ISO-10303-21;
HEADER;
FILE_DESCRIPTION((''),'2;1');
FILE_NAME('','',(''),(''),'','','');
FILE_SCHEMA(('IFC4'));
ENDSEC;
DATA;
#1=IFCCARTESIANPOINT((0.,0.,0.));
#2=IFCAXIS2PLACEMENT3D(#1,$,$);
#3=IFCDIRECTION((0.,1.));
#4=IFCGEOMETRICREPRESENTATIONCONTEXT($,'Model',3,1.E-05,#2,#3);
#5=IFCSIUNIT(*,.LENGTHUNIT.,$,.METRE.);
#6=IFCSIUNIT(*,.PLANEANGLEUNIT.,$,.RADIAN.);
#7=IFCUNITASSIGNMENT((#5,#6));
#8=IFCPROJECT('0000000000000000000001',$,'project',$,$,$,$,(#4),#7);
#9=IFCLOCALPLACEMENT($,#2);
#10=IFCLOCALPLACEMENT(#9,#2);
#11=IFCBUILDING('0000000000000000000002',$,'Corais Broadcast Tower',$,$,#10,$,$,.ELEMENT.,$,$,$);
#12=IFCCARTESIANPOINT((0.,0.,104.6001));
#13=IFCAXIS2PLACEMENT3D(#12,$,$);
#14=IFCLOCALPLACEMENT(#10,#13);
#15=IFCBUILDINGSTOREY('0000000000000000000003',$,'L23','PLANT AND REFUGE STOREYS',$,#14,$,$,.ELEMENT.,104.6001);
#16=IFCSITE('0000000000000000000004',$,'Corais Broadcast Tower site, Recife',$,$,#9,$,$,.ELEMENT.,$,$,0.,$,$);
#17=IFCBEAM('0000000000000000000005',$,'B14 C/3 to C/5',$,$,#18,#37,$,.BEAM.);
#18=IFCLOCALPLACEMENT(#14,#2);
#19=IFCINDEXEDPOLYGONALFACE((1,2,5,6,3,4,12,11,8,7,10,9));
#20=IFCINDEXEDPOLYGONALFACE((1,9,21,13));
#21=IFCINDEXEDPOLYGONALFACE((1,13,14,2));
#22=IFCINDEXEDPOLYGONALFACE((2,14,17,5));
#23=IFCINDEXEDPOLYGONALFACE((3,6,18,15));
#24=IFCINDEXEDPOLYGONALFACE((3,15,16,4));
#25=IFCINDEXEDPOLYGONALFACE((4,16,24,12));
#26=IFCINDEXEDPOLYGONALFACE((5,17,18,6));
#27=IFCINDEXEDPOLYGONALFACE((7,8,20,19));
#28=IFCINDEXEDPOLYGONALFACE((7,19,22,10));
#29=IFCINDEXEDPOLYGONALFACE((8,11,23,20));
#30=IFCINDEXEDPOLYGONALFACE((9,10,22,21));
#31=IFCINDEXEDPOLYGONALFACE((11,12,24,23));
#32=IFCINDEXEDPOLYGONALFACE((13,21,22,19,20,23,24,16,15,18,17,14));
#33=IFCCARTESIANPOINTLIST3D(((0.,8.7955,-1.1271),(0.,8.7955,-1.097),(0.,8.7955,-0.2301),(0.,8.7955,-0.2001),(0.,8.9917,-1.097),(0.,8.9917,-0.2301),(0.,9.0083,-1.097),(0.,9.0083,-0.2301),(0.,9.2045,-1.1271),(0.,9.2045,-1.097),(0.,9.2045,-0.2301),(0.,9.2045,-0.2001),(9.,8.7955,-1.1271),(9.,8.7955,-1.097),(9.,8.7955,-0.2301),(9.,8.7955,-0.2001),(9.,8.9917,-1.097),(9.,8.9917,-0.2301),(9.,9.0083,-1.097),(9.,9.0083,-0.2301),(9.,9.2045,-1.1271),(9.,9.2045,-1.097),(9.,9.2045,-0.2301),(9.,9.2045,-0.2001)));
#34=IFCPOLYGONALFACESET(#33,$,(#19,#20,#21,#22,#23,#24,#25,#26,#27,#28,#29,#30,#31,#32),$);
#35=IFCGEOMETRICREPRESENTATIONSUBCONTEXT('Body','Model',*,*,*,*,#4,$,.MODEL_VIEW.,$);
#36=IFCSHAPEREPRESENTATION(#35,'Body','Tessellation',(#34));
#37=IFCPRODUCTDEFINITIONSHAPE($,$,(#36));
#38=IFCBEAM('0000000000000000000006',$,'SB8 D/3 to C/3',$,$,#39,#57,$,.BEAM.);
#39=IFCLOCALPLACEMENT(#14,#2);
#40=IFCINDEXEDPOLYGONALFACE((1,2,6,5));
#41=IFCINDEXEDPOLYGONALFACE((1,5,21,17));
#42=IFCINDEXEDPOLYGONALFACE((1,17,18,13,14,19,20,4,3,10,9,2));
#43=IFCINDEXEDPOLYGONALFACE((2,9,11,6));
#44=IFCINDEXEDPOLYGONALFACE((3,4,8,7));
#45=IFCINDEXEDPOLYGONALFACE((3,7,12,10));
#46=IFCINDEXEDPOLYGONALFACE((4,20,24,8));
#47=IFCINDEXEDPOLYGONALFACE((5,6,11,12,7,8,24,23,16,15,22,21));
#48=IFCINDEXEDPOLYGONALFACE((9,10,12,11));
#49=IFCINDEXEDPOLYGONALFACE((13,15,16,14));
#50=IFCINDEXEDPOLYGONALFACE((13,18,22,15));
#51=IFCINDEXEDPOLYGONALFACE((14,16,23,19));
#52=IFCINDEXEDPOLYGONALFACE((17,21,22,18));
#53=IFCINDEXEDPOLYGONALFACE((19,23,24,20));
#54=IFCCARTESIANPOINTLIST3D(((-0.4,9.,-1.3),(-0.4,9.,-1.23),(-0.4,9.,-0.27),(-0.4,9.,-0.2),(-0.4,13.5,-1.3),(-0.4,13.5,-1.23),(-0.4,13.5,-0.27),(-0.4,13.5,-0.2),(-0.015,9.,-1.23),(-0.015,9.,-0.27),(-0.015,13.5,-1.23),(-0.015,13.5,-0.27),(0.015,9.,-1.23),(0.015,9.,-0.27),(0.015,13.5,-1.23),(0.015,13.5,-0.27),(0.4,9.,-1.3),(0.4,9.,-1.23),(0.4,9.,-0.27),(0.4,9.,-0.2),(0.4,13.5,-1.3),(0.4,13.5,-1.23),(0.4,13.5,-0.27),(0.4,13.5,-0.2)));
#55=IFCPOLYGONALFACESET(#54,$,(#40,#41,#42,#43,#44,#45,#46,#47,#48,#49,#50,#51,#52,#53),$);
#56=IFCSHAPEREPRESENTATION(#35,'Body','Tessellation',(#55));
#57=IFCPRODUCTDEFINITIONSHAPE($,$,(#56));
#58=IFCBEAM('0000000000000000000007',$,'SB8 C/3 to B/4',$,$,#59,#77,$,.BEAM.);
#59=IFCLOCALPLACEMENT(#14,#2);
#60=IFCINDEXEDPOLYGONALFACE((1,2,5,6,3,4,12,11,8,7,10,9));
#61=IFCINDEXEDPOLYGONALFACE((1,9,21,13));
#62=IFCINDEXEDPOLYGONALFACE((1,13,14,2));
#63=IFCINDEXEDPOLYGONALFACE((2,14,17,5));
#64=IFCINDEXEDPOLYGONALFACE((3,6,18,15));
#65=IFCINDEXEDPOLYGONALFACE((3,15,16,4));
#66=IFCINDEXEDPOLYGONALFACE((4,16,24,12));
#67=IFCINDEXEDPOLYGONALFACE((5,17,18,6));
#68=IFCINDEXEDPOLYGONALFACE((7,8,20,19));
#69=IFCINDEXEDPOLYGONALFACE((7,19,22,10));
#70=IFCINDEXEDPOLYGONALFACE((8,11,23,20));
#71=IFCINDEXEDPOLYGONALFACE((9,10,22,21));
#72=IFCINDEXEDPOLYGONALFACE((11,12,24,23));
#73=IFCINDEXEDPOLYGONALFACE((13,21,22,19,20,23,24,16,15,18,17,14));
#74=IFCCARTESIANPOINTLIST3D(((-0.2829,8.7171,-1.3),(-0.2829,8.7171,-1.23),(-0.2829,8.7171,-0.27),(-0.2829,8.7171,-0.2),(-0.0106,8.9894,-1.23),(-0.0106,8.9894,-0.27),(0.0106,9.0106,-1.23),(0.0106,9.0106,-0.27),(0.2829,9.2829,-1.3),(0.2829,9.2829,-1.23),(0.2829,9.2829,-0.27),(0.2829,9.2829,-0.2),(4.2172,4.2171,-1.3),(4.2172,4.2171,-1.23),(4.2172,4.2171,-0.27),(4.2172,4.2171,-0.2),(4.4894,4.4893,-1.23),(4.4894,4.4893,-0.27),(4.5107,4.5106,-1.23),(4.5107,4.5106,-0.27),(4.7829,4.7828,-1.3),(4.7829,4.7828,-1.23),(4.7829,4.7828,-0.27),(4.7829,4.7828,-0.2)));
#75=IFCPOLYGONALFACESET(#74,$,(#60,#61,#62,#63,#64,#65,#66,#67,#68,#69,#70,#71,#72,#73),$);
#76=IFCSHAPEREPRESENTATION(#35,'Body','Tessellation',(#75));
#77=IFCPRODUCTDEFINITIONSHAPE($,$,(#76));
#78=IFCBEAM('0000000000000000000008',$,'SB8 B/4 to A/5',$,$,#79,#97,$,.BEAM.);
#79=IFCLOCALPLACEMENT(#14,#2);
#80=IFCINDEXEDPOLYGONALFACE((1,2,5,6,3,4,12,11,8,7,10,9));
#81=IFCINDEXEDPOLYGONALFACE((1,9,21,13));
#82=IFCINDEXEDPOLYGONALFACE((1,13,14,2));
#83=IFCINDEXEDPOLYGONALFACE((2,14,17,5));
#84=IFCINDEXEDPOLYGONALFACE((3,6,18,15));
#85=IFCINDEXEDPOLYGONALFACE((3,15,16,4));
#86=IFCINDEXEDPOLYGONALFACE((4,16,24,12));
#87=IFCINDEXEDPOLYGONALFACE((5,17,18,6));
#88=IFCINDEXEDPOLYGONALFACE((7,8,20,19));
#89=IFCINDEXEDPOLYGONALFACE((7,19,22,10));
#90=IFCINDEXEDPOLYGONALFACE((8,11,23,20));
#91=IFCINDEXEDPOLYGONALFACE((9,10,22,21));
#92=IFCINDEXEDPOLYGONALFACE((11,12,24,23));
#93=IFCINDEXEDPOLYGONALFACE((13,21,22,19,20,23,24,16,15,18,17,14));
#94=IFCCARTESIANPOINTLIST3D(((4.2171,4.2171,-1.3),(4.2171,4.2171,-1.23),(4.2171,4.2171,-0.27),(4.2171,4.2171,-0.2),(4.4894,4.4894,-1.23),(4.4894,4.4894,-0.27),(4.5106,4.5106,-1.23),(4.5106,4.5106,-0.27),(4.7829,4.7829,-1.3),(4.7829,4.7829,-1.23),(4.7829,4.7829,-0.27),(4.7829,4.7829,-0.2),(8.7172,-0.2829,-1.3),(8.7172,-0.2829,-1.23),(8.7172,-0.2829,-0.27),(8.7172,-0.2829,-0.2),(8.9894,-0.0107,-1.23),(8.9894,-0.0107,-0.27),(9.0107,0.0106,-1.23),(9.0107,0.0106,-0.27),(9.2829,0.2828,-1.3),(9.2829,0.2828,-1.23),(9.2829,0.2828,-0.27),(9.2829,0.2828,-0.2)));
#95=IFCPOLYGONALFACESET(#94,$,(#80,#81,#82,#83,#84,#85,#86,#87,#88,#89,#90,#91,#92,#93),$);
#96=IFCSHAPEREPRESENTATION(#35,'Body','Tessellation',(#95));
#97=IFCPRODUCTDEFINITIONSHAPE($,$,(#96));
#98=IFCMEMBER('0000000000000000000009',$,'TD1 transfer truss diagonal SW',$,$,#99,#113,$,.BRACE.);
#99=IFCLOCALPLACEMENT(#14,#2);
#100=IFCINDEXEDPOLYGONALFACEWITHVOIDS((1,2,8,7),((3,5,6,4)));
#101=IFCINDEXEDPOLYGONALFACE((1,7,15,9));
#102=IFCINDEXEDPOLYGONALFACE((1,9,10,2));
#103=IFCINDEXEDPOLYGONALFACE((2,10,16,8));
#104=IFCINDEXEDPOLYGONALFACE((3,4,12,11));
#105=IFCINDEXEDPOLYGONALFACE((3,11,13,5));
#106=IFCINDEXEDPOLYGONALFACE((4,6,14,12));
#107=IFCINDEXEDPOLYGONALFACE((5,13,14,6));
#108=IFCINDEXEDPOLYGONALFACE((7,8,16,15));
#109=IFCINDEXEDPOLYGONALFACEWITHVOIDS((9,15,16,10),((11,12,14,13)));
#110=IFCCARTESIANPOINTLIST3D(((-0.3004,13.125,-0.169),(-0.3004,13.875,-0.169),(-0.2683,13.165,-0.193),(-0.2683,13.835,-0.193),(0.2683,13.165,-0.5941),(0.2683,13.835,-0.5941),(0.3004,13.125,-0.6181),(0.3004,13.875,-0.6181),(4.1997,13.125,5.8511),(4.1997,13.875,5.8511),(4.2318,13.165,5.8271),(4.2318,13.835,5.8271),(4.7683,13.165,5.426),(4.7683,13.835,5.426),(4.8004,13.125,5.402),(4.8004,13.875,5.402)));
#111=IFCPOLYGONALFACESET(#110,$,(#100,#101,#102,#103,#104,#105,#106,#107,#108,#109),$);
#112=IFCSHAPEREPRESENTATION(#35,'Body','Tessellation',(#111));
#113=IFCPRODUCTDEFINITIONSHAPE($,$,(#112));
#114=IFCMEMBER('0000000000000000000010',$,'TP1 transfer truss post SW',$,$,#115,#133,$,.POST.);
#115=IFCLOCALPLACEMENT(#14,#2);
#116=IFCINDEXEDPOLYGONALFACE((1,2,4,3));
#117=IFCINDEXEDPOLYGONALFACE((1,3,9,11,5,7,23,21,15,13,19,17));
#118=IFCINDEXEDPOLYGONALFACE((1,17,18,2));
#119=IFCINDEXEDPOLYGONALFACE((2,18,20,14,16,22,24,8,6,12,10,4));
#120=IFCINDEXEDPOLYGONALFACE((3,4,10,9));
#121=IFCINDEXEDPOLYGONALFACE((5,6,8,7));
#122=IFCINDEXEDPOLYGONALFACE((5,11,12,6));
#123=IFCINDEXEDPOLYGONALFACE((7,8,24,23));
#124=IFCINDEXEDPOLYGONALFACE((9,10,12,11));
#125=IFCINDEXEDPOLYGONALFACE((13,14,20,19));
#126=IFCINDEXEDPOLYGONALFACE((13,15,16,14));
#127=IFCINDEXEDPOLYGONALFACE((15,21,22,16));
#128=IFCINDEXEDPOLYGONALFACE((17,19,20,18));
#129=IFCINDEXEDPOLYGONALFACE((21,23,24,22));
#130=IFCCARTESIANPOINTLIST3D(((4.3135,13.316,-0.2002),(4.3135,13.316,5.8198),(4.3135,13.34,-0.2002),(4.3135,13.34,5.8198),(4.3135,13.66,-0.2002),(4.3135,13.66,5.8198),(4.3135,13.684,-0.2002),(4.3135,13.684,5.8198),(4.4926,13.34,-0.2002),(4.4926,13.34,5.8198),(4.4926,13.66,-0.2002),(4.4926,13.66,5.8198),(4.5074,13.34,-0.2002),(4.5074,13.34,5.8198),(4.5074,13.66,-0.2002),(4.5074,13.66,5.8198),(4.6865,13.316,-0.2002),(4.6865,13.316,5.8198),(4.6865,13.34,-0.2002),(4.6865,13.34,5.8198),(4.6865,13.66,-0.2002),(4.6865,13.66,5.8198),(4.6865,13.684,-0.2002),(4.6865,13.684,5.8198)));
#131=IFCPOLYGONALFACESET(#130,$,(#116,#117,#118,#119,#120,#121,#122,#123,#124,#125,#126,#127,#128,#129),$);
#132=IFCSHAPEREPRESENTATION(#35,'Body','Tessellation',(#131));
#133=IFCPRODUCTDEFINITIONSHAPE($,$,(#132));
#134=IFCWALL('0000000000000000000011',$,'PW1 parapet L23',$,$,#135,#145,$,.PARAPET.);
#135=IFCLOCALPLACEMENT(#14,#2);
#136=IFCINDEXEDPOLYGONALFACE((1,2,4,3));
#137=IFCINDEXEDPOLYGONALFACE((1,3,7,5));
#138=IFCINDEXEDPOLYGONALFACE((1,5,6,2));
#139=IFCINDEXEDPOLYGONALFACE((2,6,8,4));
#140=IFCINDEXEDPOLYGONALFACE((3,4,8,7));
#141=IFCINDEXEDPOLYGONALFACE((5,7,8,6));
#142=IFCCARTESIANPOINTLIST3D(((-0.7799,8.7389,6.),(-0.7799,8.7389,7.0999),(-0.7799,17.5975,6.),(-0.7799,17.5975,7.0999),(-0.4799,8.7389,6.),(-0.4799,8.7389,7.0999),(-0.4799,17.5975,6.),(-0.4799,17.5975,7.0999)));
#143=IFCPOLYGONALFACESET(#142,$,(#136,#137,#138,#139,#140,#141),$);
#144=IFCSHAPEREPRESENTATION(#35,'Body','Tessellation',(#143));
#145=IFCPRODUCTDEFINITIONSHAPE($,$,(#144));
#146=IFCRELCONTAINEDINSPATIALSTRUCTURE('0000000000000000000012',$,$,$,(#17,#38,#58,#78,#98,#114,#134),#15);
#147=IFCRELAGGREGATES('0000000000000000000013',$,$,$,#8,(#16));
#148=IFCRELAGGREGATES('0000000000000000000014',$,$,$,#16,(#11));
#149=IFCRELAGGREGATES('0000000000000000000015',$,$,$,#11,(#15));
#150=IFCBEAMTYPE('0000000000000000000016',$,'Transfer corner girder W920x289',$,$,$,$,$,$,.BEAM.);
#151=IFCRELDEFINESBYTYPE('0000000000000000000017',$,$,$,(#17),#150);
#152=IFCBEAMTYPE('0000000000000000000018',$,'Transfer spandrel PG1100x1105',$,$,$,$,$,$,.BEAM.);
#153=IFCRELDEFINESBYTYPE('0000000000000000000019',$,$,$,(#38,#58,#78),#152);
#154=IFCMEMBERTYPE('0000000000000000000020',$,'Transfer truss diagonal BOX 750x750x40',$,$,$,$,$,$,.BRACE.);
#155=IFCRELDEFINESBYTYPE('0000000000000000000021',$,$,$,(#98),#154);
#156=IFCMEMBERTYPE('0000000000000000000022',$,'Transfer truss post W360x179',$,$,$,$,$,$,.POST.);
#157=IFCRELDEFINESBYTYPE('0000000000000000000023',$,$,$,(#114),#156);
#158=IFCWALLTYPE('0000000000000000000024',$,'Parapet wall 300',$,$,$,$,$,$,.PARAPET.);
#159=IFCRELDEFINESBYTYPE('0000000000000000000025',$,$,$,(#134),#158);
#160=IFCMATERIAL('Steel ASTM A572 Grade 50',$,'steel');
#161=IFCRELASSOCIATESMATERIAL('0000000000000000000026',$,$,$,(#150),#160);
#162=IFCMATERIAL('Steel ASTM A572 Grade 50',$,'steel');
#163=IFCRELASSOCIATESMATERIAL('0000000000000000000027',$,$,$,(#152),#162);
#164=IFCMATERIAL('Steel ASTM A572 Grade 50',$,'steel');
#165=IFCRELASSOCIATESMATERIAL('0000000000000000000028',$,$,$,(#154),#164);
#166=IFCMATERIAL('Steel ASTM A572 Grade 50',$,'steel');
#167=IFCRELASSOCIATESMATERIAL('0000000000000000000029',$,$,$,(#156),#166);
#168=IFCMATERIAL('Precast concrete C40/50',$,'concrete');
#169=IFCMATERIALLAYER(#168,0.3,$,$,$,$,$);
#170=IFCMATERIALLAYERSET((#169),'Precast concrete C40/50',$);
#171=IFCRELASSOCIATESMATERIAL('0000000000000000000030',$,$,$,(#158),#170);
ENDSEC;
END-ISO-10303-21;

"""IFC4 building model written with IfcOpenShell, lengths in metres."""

from ifc_helpers import new_model, si_unit, direction, frame, frame_2d, origin, origin_2d, place, context, subcontext, project, spatial, rectangle, hollow_rectangle, i_section, extrude, material, layer, layer_set, material_profile, profile_set, type_object, element, save


model = new_model("IFC4")

# Units and contexts
model_context = context("Model", 3, precision=1e-05, world=origin(), true_north=direction((0.0, 1.0)))
body_context = subcontext(model_context, "Body", "Model", "MODEL_VIEW")
ifc_project = project(units=[si_unit("LENGTHUNIT", "METRE"), si_unit("PLANEANGLEUNIT", "RADIAN")], contexts=[model_context])

# Site, building, storey
site_placement = place(None, origin())
site = spatial("IfcSite", under=ifc_project, at=site_placement, Name="Corais Broadcast Tower site, Recife", CompositionType="ELEMENT", RefElevation=0.0)
building_placement = place(site_placement, origin())
building = spatial("IfcBuilding", under=site, at=building_placement, Name="Corais Broadcast Tower", CompositionType="ELEMENT")
storey_placement = place(building_placement, frame((0.0, 0.0, 104.6001)))
storey = spatial("IfcBuildingStorey", under=building, at=storey_placement, Name="L23", Description="PLANT AND REFUGE STOREYS", CompositionType="ELEMENT", Elevation=104.6001)

# Beams
ifc_material_1 = material(Name="Steel ASTM A572 Grade 50", Category="steel")
ifc_material_profile_1 = material_profile(ifc_material_1, i_section(OverallWidth=0.4089, OverallDepth=0.927, WebThickness=0.0166, FlangeThickness=0.03, at=origin_2d()), Name="W920x289")
ifc_profile_set_1 = profile_set([ifc_material_profile_1], Name="Steel ASTM A572 Grade 50")
beam_type_1 = type_object("IfcBeamType", Name="Transfer corner girder W920x289", PredefinedType="BEAM", material=ifc_profile_set_1)
beam_1_placement = place(storey_placement, frame((0.0, 9.0, -0.6636), z_axis=(1.0, 0.0, 0.0), x_axis=(0.0, 1.0, 0.0)))
element("IfcBeam", 1, at=beam_1_placement, inside=storey, type_object=beam_type_1, Name="B14 C/3 to C/5", PredefinedType="BEAM", context=body_context, shape_type="SweptSolid", body=[
    extrude(i_section(OverallWidth=0.4089, OverallDepth=0.927, WebThickness=0.0166, FlangeThickness=0.03, at=origin_2d()), origin(), (0.0, 0.0, 1.0), 9.0),
])
ifc_material_2 = material(Name="Steel ASTM A572 Grade 50", Category="steel")
ifc_material_profile_2 = material_profile(ifc_material_2, i_section(OverallWidth=0.8, OverallDepth=1.1001, WebThickness=0.03, FlangeThickness=0.0701, at=origin_2d()), Name="PG1100x1105")
ifc_profile_set_2 = profile_set([ifc_material_profile_2], Name="Steel ASTM A572 Grade 50")
beam_type_2 = type_object("IfcBeamType", Name="Transfer spandrel PG1100x1105", PredefinedType="BEAM", material=ifc_profile_set_2)
beam_2_placement = place(storey_placement, frame((0.0, 13.5, -0.75), z_axis=(0.0, -1.0, 0.0), x_axis=(1.0, 0.0, 0.0)))
element("IfcBeam", 2, at=beam_2_placement, inside=storey, type_object=beam_type_2, Name="SB8 D/3 to C/3", PredefinedType="BEAM", context=body_context, shape_type="SweptSolid", body=[
    extrude(i_section(OverallWidth=0.8, OverallDepth=1.1001, WebThickness=0.03, FlangeThickness=0.0701, at=origin_2d()), origin(), (0.0, 0.0, 1.0), 4.5),
])
for number, where, z_axis, x_axis, name in (
    (3, (0.0, 9.0, -0.75), (0.707107, -0.707107, 0.0), (0.707107, 0.707107, 0.0), "SB8 C/3 to B/4"),
    (4, (4.5, 4.5, -0.75), (0.707107, -0.707107, 0.0), (0.707107, 0.707107, 0.0), "SB8 B/4 to A/5"),
):
    element("IfcBeam", number, at=place(storey_placement, frame(where, z_axis=z_axis, x_axis=x_axis)), inside=storey, type_object=beam_type_2, Name=name, PredefinedType="BEAM", context=body_context, shape_type="SweptSolid", body=[
        extrude(i_section(OverallWidth=0.8, OverallDepth=1.1001, WebThickness=0.03, FlangeThickness=0.0701, at=origin_2d()), origin(), (0.0, 0.0, 1.0), 6.364),
    ])

# Members
ifc_material_3 = material(Name="Steel ASTM A572 Grade 50", Category="steel")
ifc_material_profile_3 = material_profile(ifc_material_3, hollow_rectangle(XDim=0.75, YDim=0.75, WallThickness=0.04, at=origin_2d()), Name="BOX 750x750x40")
ifc_profile_set_3 = profile_set([ifc_material_profile_3], Name="Steel ASTM A572 Grade 50")
member_type_1 = type_object("IfcMemberType", Name="Transfer truss diagonal BOX 750x750x40", PredefinedType="BRACE", material=ifc_profile_set_3)
member_1_placement = place(storey_placement, frame((0.0, 13.5, -0.3936), z_axis=(0.598721, 0.0, 0.800958), x_axis=(0.0, 1.0, 0.0)))
element("IfcMember", 5, at=member_1_placement, inside=storey, type_object=member_type_1, Name="TD1 transfer truss diagonal SW", PredefinedType="BRACE", context=body_context, shape_type="SweptSolid", body=[
    extrude(hollow_rectangle(XDim=0.75, YDim=0.75, WallThickness=0.04, at=origin_2d()), origin(), (0.0, 0.0, 1.0), 7.5161),
])
ifc_material_4 = material(Name="Steel ASTM A572 Grade 50", Category="steel")
ifc_material_profile_4 = material_profile(ifc_material_4, i_section(OverallWidth=0.373, OverallDepth=0.3679, WebThickness=0.0149, FlangeThickness=0.0239, at=origin_2d()), Name="W360x179")
ifc_profile_set_4 = profile_set([ifc_material_profile_4], Name="Steel ASTM A572 Grade 50")
member_type_2 = type_object("IfcMemberType", Name="Transfer truss post W360x179", PredefinedType="POST", material=ifc_profile_set_4)
member_2_placement = place(storey_placement, frame((4.5, 13.5, -0.2002), z_axis=(0.0, 0.0, 1.0), x_axis=(1.0, 0.0, 0.0)))
element("IfcMember", 6, at=member_2_placement, inside=storey, type_object=member_type_2, Name="TP1 transfer truss post SW", PredefinedType="POST", context=body_context, shape_type="SweptSolid", body=[
    extrude(i_section(OverallWidth=0.373, OverallDepth=0.3679, WebThickness=0.0149, FlangeThickness=0.0239, at=origin_2d()), origin(), (0.0, 0.0, 1.0), 6.02),
])

# Wall
ifc_material_5 = material(Name="Precast concrete C40/50", Category="concrete")
ifc_layer_1 = layer(ifc_material_5, 0.3)
ifc_layer_set_1 = layer_set([ifc_layer_1], Name="Precast concrete C40/50")
wall_type_1 = type_object("IfcWallType", Name="Parapet wall 300", PredefinedType="PARAPET", material=ifc_layer_set_1)
wall_1_placement = place(storey_placement, frame((-0.6299, 8.739, 6.0), z_axis=(0.0, 0.0, 1.0), x_axis=(0.0, 1.0, 0.0)))
element("IfcWall", 7, at=wall_1_placement, inside=storey, type_object=wall_type_1, Name="PW1 parapet L23", PredefinedType="PARAPET", context=body_context, shape_type="SweptSolid", body=[
    extrude(rectangle(XDim=8.8586, YDim=0.3, at=frame_2d((4.4292, 0.0))), origin(), (0.0, 0.0, 1.0), 1.0999),
])

save(model, "model.ifc")
